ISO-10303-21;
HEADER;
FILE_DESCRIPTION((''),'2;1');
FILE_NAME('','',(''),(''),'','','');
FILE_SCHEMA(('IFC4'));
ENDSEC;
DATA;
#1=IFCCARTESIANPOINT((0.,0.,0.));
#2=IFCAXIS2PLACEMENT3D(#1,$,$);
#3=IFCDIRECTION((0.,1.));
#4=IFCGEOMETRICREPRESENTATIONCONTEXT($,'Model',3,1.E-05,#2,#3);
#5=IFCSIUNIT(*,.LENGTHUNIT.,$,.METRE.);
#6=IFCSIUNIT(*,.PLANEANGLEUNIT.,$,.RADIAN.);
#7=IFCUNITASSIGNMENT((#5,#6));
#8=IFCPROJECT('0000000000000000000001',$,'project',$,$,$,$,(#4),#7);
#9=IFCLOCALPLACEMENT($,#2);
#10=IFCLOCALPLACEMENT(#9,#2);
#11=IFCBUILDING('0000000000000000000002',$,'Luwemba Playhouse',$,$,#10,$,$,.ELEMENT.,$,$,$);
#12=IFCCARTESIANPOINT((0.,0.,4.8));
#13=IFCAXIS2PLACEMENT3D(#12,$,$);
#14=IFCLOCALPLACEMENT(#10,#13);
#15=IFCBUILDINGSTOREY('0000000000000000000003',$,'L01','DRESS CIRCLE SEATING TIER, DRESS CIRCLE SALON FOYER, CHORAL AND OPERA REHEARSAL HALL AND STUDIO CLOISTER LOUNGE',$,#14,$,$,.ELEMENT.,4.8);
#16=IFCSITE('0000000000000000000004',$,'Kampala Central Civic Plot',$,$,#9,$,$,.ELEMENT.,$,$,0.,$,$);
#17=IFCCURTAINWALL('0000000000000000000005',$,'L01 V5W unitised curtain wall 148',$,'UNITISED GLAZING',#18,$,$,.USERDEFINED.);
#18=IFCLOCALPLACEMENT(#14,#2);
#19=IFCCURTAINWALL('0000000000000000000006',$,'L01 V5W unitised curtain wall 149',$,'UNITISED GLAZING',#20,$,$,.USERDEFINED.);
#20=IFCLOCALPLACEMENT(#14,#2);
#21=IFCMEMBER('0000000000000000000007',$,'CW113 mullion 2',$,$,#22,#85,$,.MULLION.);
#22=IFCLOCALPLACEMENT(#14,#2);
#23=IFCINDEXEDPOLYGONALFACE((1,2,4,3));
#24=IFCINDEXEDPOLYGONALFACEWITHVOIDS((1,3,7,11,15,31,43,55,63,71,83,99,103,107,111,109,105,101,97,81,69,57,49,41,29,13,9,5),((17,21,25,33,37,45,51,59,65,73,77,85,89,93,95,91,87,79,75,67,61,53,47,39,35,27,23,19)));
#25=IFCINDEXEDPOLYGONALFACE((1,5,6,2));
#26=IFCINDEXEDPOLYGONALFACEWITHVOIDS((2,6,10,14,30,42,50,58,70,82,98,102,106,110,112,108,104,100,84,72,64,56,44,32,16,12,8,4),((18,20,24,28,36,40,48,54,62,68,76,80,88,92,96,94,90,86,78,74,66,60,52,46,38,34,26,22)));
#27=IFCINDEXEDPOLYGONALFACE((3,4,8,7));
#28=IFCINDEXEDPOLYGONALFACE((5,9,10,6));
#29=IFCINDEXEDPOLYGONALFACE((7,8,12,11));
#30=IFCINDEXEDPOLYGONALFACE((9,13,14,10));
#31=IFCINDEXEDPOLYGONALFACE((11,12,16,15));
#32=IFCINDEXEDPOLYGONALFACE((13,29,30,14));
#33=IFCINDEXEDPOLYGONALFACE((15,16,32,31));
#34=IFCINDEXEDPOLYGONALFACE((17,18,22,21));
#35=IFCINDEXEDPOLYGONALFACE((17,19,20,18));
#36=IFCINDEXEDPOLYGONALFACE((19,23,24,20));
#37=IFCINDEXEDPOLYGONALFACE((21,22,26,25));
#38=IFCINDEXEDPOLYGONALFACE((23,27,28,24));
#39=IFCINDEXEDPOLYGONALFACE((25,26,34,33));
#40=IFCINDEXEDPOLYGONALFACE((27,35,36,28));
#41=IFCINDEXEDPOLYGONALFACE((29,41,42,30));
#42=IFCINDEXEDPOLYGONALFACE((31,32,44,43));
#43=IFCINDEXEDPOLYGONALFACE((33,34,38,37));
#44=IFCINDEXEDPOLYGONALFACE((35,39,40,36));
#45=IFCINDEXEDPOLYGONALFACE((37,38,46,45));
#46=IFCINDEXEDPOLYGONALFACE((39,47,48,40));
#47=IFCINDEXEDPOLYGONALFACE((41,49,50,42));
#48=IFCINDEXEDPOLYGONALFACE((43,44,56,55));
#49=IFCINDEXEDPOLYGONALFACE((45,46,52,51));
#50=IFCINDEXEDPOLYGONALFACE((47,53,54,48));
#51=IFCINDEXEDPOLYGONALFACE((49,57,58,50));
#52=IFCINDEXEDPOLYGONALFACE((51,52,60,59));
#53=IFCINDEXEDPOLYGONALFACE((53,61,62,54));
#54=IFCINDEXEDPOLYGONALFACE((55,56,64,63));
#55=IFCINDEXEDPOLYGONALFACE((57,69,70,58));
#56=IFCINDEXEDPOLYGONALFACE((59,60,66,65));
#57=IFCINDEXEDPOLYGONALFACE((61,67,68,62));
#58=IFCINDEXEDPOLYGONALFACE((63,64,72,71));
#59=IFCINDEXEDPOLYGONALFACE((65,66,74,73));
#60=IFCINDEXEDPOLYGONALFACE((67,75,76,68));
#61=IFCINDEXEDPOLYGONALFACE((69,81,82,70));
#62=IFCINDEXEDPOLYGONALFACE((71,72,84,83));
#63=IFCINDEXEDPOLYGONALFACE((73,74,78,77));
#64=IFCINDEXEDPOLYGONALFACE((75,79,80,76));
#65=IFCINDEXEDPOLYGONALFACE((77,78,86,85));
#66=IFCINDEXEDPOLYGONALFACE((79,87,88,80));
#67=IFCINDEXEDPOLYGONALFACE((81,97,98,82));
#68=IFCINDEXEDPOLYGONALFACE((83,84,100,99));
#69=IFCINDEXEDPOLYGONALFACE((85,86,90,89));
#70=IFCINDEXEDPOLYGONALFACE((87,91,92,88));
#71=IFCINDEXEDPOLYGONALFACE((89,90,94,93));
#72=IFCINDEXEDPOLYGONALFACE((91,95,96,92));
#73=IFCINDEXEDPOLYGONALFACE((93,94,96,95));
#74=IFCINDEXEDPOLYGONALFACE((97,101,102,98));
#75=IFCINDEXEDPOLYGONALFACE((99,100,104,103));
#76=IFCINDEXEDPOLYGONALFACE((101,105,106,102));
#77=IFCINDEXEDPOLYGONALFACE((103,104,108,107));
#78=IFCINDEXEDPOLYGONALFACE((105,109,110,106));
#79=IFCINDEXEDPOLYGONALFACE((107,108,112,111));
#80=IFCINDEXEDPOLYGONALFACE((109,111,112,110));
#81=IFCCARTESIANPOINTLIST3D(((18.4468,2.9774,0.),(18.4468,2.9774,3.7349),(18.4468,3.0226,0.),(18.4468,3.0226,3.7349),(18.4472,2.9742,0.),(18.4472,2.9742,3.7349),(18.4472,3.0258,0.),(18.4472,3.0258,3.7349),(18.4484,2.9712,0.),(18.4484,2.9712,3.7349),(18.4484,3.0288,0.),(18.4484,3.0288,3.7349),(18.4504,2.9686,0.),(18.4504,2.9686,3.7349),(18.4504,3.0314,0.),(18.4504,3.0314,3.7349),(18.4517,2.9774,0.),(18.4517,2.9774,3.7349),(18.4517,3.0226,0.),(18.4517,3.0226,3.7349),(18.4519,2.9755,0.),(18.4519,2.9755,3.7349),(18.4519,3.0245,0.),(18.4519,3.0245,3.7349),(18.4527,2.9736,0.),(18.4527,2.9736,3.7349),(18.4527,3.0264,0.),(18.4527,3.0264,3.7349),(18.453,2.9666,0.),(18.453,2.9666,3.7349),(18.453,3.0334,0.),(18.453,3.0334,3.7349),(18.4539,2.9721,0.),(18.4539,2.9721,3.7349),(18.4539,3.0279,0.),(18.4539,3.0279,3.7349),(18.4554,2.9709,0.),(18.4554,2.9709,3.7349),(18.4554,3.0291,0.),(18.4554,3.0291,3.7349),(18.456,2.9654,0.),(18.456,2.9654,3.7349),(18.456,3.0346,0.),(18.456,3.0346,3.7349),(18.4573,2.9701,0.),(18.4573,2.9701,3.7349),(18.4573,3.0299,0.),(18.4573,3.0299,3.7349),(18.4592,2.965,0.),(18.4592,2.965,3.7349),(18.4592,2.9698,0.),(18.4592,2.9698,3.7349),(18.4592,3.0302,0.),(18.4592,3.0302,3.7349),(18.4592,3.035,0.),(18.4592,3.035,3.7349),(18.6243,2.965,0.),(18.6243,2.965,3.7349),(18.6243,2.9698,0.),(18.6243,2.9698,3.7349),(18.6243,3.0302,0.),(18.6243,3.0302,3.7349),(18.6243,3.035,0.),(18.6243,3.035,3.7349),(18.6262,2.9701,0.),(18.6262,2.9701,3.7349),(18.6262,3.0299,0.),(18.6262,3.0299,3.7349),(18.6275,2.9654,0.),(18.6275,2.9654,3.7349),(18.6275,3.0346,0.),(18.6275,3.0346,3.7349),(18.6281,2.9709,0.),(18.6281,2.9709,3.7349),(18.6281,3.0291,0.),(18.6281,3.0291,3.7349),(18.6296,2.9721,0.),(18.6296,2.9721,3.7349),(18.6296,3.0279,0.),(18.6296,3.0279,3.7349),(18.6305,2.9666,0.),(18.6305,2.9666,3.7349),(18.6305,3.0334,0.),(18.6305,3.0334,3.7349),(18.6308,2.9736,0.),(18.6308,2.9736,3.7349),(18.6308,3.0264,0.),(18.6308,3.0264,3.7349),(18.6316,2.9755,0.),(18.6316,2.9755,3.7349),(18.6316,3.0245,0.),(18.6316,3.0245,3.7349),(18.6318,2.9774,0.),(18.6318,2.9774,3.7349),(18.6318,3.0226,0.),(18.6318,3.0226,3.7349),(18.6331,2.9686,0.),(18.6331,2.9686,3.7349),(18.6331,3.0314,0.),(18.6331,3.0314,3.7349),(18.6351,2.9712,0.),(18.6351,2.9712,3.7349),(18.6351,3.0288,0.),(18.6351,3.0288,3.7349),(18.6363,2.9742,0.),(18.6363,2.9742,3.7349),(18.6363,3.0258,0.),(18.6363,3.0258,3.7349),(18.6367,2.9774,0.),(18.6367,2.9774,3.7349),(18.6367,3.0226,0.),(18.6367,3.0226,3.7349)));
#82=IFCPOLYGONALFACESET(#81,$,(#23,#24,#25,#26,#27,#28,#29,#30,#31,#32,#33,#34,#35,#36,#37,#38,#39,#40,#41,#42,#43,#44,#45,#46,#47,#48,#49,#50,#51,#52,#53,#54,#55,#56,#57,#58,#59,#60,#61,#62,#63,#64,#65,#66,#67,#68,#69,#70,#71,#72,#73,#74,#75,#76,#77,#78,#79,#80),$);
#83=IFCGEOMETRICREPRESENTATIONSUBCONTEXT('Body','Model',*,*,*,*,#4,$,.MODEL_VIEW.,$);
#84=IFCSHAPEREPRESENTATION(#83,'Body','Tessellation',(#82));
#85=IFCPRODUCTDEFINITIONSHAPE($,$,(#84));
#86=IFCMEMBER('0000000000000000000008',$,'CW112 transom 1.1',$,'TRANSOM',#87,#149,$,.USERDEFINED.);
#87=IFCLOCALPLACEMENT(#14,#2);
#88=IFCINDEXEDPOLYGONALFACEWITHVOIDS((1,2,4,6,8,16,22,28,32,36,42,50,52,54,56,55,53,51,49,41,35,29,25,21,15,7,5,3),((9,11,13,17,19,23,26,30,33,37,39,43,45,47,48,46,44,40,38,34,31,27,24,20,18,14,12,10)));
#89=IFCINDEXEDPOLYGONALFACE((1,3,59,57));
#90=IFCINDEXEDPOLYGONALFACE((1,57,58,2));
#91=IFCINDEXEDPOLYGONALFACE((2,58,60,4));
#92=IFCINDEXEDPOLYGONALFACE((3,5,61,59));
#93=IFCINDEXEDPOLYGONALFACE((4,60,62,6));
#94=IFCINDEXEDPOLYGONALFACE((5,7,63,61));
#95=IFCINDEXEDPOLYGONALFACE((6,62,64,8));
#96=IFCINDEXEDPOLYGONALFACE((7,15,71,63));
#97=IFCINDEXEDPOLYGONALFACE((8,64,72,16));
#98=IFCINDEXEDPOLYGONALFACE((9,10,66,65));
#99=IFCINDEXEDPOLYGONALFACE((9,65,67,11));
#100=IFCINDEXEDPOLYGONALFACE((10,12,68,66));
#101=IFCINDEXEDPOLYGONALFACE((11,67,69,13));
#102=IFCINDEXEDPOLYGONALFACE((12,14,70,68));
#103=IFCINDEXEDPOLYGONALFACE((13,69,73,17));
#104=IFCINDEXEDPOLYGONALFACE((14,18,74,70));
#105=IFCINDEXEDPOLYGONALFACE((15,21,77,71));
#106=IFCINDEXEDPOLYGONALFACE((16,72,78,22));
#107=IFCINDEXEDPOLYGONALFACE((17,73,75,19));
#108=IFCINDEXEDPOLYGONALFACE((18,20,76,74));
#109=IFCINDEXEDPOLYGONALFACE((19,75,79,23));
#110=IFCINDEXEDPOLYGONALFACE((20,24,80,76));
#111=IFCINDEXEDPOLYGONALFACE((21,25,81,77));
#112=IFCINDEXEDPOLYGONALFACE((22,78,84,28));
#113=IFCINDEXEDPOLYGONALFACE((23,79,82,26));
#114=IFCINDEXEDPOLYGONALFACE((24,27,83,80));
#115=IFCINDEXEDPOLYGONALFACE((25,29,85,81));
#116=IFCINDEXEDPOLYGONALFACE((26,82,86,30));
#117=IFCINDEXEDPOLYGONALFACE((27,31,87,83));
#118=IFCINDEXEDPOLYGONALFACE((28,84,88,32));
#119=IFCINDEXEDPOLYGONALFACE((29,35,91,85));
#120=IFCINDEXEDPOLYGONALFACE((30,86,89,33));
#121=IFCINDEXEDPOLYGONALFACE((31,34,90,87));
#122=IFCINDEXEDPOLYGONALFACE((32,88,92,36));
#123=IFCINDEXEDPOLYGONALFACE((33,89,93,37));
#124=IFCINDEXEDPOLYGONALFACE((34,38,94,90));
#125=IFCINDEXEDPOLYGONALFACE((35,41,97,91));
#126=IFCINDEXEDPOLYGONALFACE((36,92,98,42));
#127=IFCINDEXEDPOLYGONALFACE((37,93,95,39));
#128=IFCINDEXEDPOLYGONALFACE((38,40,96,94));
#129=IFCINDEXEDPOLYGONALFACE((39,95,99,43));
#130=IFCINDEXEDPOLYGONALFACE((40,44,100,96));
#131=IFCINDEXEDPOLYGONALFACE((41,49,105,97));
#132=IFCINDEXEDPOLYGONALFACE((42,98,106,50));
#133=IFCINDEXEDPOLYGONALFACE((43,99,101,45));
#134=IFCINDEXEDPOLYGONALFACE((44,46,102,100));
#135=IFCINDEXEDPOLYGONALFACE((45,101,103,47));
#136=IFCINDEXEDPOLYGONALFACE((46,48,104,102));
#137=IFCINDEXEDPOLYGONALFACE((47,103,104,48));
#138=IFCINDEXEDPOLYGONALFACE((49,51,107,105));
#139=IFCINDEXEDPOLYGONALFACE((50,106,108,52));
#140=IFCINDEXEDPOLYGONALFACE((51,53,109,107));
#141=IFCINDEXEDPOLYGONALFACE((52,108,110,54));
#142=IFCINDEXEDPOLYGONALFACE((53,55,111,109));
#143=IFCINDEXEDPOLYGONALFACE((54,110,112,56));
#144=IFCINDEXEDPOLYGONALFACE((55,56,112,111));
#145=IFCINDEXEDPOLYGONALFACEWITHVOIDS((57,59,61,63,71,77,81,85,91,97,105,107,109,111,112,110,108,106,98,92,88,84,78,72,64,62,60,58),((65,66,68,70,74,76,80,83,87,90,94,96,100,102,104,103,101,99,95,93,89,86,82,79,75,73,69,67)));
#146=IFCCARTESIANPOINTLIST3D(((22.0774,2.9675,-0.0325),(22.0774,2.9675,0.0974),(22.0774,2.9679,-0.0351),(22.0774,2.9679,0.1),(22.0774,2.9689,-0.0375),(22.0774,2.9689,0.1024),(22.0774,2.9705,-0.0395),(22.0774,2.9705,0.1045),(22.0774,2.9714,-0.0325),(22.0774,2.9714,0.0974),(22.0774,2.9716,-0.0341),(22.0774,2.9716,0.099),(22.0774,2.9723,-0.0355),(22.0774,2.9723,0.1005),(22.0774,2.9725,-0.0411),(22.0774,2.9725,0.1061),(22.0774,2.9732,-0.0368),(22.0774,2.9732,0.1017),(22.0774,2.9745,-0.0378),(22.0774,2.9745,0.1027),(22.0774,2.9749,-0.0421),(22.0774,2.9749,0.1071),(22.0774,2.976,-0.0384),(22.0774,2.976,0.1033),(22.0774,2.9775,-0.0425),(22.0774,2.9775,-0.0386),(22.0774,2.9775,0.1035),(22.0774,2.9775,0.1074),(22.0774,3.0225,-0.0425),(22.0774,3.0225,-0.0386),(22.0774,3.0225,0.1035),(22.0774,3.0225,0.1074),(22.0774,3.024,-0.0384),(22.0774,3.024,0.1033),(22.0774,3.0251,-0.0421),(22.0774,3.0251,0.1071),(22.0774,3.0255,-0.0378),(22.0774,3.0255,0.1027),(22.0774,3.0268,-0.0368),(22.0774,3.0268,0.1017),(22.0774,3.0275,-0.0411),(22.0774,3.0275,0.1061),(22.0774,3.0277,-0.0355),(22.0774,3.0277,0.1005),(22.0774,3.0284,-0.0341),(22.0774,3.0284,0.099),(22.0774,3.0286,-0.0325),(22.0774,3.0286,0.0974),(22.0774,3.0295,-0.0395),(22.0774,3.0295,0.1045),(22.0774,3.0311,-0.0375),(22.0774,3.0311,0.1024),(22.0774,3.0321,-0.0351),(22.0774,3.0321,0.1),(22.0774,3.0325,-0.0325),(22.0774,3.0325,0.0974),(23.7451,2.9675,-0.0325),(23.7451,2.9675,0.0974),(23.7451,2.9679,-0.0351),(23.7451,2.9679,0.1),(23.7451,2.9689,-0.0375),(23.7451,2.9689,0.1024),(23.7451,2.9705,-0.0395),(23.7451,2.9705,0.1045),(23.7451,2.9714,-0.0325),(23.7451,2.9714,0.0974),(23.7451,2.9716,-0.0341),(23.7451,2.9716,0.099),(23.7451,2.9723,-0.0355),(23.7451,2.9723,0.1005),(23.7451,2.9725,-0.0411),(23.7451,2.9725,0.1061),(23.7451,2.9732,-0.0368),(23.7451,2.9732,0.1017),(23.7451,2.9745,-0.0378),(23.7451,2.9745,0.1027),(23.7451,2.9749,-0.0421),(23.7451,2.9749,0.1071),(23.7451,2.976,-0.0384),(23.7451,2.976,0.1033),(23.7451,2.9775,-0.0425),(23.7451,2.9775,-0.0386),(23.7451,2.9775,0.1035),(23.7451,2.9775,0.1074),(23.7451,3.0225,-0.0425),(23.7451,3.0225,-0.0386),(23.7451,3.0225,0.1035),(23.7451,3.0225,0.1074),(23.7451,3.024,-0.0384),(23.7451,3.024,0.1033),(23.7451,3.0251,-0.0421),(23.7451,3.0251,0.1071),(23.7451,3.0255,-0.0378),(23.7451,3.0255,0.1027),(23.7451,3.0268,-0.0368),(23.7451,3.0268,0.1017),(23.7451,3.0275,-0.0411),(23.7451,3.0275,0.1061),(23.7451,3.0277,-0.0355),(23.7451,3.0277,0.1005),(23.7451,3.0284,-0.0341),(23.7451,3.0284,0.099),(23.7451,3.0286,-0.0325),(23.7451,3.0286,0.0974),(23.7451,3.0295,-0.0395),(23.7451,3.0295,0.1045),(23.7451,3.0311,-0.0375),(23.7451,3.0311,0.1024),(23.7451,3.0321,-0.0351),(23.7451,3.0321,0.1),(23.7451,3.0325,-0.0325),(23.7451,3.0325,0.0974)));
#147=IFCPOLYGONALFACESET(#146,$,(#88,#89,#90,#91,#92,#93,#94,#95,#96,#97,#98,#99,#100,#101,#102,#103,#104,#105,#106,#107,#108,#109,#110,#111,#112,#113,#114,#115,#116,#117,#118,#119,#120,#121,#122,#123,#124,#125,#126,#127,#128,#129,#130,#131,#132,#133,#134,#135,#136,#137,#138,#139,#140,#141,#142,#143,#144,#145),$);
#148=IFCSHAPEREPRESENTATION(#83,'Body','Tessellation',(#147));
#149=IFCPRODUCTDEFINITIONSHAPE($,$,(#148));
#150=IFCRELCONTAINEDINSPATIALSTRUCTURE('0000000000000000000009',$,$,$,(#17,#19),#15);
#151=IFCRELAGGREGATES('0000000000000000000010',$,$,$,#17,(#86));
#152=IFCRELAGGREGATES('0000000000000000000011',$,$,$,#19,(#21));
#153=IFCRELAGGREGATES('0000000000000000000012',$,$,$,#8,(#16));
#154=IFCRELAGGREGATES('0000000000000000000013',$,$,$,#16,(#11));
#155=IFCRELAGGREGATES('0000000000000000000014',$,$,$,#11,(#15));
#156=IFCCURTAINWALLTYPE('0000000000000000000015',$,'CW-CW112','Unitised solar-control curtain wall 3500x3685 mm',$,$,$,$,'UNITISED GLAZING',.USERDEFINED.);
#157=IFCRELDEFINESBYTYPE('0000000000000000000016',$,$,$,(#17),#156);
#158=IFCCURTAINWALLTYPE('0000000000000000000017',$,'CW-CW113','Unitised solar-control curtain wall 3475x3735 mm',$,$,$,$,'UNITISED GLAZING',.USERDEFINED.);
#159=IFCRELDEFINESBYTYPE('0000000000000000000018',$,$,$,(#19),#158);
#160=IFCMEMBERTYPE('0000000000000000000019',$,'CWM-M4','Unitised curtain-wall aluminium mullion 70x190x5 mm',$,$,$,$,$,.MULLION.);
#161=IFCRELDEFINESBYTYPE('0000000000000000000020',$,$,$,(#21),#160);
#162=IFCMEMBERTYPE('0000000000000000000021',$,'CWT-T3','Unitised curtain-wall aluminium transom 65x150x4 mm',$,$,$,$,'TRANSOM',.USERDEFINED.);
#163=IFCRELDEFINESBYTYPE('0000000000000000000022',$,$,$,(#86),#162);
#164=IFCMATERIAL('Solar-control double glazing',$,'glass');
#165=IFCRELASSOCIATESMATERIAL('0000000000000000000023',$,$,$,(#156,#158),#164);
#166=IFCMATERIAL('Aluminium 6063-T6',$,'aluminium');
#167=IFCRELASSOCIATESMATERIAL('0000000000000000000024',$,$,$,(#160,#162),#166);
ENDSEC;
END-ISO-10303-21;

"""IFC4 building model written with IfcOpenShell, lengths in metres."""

from ifc_helpers import new_model, si_unit, direction, frame, origin, origin_2d, place, context, subcontext, project, spatial, hollow_rectangle, extrude, material, material_profile, profile_set, type_object, element, aggregate, save


model = new_model("IFC4")

# Units and contexts
model_context = context("Model", 3, precision=1e-05, world=origin(), true_north=direction((0.0, 1.0)))
body_context = subcontext(model_context, "Body", "Model", "MODEL_VIEW")
ifc_project = project(units=[si_unit("LENGTHUNIT", "METRE"), si_unit("PLANEANGLEUNIT", "RADIAN")], contexts=[model_context])

# Site, building, storey
site_placement = place(None, origin())
site = spatial("IfcSite", under=ifc_project, at=site_placement, Name="Kampala Central Civic Plot", CompositionType="ELEMENT", RefElevation=0.0)
building_placement = place(site_placement, origin())
building = spatial("IfcBuilding", under=site, at=building_placement, Name="Luwemba Playhouse", CompositionType="ELEMENT")
storey_placement = place(building_placement, frame((0.0, 0.0, 4.8)))
storey = spatial("IfcBuildingStorey", under=building, at=storey_placement, Name="L01", Description="DRESS CIRCLE SEATING TIER, DRESS CIRCLE SALON FOYER, CHORAL AND OPERA REHEARSAL HALL AND STUDIO CLOISTER LOUNGE", CompositionType="ELEMENT", Elevation=4.8)

# Curtain walls, member
ifc_material_1 = material(Name="Solar-control double glazing", Category="glass")
curtain_wall_type_1 = type_object("IfcCurtainWallType", Name="CW-CW112", Description="Unitised solar-control curtain wall 3500x3685 mm", ElementType="UNITISED GLAZING", PredefinedType="USERDEFINED", material=ifc_material_1)
curtain_wall_1_placement = place(storey_placement, origin())
curtain_wall_1 = element("IfcCurtainWall", 1, at=curtain_wall_1_placement, inside=storey, type_object=curtain_wall_type_1, Name="L01 V5W unitised curtain wall 148", ObjectType="UNITISED GLAZING", PredefinedType="USERDEFINED")
ifc_material_2 = material(Name="Aluminium 6063-T6", Category="aluminium")
curtain_wall_type_2 = type_object("IfcCurtainWallType", Name="CW-CW113", Description="Unitised solar-control curtain wall 3475x3735 mm", ElementType="UNITISED GLAZING", PredefinedType="USERDEFINED", material=ifc_material_1)
curtain_wall_2_placement = place(storey_placement, origin())
curtain_wall_2 = element("IfcCurtainWall", 2, at=curtain_wall_2_placement, inside=storey, type_object=curtain_wall_type_2, Name="L01 V5W unitised curtain wall 149", ObjectType="UNITISED GLAZING", PredefinedType="USERDEFINED")
ifc_material_profile_1 = material_profile(ifc_material_2, hollow_rectangle(XDim=0.0701, YDim=0.1899, WallThickness=0.0049, InnerFilletRadius=0.0076, OuterFilletRadius=0.0125, at=origin_2d()))
ifc_profile_set_1 = profile_set([ifc_material_profile_1], Name="Aluminium 6063-T6")
member_type_1 = type_object("IfcMemberType", Name="CWM-M4", Description="Unitised curtain-wall aluminium mullion 70x190x5 mm", PredefinedType="MULLION", material=ifc_profile_set_1)
member_1_placement = place(storey_placement, frame((18.5417, 3.0, 0.0), z_axis=(0.0, 0.0, 1.0), x_axis=(0.0, -1.0, 0.0)))
member_1 = element("IfcMember", 3, at=member_1_placement, type_object=member_type_1, Name="CW113 mullion 2", PredefinedType="MULLION", context=body_context, shape_type="SweptSolid", body=[
    extrude(hollow_rectangle(XDim=0.0701, YDim=0.1899, WallThickness=0.0049, InnerFilletRadius=0.0076, OuterFilletRadius=0.0125, at=origin_2d()), origin(), (0.0, 0.0, 1.0), 3.7349),
])

# Member
ifc_material_profile_2 = material_profile(ifc_material_2, hollow_rectangle(XDim=0.0649, YDim=0.1499, WallThickness=0.0039, InnerFilletRadius=0.0061, OuterFilletRadius=0.01, at=origin_2d()))
ifc_profile_set_2 = profile_set([ifc_material_profile_2], Name="Aluminium 6063-T6")
member_type_2 = type_object("IfcMemberType", Name="CWT-T3", Description="Unitised curtain-wall aluminium transom 65x150x4 mm", ElementType="TRANSOM", PredefinedType="USERDEFINED", material=ifc_profile_set_2)
member_2_placement = place(storey_placement, frame((23.7451, 3.0, 0.0325), z_axis=(-1.0, 0.0, 0.0), x_axis=(0.0, -1.0, 0.0)))
member_2 = element("IfcMember", 4, at=member_2_placement, type_object=member_type_2, Name="CW112 transom 1.1", ObjectType="TRANSOM", PredefinedType="USERDEFINED", context=body_context, shape_type="SweptSolid", body=[
    extrude(hollow_rectangle(XDim=0.0649, YDim=0.1499, WallThickness=0.0039, InnerFilletRadius=0.0061, OuterFilletRadius=0.01, at=origin_2d()), origin(), (0.0, 0.0, 1.0), 1.6677),
])

aggregate(curtain_wall_1, [member_2])
aggregate(curtain_wall_2, [member_1])

save(model, "model.ifc")
